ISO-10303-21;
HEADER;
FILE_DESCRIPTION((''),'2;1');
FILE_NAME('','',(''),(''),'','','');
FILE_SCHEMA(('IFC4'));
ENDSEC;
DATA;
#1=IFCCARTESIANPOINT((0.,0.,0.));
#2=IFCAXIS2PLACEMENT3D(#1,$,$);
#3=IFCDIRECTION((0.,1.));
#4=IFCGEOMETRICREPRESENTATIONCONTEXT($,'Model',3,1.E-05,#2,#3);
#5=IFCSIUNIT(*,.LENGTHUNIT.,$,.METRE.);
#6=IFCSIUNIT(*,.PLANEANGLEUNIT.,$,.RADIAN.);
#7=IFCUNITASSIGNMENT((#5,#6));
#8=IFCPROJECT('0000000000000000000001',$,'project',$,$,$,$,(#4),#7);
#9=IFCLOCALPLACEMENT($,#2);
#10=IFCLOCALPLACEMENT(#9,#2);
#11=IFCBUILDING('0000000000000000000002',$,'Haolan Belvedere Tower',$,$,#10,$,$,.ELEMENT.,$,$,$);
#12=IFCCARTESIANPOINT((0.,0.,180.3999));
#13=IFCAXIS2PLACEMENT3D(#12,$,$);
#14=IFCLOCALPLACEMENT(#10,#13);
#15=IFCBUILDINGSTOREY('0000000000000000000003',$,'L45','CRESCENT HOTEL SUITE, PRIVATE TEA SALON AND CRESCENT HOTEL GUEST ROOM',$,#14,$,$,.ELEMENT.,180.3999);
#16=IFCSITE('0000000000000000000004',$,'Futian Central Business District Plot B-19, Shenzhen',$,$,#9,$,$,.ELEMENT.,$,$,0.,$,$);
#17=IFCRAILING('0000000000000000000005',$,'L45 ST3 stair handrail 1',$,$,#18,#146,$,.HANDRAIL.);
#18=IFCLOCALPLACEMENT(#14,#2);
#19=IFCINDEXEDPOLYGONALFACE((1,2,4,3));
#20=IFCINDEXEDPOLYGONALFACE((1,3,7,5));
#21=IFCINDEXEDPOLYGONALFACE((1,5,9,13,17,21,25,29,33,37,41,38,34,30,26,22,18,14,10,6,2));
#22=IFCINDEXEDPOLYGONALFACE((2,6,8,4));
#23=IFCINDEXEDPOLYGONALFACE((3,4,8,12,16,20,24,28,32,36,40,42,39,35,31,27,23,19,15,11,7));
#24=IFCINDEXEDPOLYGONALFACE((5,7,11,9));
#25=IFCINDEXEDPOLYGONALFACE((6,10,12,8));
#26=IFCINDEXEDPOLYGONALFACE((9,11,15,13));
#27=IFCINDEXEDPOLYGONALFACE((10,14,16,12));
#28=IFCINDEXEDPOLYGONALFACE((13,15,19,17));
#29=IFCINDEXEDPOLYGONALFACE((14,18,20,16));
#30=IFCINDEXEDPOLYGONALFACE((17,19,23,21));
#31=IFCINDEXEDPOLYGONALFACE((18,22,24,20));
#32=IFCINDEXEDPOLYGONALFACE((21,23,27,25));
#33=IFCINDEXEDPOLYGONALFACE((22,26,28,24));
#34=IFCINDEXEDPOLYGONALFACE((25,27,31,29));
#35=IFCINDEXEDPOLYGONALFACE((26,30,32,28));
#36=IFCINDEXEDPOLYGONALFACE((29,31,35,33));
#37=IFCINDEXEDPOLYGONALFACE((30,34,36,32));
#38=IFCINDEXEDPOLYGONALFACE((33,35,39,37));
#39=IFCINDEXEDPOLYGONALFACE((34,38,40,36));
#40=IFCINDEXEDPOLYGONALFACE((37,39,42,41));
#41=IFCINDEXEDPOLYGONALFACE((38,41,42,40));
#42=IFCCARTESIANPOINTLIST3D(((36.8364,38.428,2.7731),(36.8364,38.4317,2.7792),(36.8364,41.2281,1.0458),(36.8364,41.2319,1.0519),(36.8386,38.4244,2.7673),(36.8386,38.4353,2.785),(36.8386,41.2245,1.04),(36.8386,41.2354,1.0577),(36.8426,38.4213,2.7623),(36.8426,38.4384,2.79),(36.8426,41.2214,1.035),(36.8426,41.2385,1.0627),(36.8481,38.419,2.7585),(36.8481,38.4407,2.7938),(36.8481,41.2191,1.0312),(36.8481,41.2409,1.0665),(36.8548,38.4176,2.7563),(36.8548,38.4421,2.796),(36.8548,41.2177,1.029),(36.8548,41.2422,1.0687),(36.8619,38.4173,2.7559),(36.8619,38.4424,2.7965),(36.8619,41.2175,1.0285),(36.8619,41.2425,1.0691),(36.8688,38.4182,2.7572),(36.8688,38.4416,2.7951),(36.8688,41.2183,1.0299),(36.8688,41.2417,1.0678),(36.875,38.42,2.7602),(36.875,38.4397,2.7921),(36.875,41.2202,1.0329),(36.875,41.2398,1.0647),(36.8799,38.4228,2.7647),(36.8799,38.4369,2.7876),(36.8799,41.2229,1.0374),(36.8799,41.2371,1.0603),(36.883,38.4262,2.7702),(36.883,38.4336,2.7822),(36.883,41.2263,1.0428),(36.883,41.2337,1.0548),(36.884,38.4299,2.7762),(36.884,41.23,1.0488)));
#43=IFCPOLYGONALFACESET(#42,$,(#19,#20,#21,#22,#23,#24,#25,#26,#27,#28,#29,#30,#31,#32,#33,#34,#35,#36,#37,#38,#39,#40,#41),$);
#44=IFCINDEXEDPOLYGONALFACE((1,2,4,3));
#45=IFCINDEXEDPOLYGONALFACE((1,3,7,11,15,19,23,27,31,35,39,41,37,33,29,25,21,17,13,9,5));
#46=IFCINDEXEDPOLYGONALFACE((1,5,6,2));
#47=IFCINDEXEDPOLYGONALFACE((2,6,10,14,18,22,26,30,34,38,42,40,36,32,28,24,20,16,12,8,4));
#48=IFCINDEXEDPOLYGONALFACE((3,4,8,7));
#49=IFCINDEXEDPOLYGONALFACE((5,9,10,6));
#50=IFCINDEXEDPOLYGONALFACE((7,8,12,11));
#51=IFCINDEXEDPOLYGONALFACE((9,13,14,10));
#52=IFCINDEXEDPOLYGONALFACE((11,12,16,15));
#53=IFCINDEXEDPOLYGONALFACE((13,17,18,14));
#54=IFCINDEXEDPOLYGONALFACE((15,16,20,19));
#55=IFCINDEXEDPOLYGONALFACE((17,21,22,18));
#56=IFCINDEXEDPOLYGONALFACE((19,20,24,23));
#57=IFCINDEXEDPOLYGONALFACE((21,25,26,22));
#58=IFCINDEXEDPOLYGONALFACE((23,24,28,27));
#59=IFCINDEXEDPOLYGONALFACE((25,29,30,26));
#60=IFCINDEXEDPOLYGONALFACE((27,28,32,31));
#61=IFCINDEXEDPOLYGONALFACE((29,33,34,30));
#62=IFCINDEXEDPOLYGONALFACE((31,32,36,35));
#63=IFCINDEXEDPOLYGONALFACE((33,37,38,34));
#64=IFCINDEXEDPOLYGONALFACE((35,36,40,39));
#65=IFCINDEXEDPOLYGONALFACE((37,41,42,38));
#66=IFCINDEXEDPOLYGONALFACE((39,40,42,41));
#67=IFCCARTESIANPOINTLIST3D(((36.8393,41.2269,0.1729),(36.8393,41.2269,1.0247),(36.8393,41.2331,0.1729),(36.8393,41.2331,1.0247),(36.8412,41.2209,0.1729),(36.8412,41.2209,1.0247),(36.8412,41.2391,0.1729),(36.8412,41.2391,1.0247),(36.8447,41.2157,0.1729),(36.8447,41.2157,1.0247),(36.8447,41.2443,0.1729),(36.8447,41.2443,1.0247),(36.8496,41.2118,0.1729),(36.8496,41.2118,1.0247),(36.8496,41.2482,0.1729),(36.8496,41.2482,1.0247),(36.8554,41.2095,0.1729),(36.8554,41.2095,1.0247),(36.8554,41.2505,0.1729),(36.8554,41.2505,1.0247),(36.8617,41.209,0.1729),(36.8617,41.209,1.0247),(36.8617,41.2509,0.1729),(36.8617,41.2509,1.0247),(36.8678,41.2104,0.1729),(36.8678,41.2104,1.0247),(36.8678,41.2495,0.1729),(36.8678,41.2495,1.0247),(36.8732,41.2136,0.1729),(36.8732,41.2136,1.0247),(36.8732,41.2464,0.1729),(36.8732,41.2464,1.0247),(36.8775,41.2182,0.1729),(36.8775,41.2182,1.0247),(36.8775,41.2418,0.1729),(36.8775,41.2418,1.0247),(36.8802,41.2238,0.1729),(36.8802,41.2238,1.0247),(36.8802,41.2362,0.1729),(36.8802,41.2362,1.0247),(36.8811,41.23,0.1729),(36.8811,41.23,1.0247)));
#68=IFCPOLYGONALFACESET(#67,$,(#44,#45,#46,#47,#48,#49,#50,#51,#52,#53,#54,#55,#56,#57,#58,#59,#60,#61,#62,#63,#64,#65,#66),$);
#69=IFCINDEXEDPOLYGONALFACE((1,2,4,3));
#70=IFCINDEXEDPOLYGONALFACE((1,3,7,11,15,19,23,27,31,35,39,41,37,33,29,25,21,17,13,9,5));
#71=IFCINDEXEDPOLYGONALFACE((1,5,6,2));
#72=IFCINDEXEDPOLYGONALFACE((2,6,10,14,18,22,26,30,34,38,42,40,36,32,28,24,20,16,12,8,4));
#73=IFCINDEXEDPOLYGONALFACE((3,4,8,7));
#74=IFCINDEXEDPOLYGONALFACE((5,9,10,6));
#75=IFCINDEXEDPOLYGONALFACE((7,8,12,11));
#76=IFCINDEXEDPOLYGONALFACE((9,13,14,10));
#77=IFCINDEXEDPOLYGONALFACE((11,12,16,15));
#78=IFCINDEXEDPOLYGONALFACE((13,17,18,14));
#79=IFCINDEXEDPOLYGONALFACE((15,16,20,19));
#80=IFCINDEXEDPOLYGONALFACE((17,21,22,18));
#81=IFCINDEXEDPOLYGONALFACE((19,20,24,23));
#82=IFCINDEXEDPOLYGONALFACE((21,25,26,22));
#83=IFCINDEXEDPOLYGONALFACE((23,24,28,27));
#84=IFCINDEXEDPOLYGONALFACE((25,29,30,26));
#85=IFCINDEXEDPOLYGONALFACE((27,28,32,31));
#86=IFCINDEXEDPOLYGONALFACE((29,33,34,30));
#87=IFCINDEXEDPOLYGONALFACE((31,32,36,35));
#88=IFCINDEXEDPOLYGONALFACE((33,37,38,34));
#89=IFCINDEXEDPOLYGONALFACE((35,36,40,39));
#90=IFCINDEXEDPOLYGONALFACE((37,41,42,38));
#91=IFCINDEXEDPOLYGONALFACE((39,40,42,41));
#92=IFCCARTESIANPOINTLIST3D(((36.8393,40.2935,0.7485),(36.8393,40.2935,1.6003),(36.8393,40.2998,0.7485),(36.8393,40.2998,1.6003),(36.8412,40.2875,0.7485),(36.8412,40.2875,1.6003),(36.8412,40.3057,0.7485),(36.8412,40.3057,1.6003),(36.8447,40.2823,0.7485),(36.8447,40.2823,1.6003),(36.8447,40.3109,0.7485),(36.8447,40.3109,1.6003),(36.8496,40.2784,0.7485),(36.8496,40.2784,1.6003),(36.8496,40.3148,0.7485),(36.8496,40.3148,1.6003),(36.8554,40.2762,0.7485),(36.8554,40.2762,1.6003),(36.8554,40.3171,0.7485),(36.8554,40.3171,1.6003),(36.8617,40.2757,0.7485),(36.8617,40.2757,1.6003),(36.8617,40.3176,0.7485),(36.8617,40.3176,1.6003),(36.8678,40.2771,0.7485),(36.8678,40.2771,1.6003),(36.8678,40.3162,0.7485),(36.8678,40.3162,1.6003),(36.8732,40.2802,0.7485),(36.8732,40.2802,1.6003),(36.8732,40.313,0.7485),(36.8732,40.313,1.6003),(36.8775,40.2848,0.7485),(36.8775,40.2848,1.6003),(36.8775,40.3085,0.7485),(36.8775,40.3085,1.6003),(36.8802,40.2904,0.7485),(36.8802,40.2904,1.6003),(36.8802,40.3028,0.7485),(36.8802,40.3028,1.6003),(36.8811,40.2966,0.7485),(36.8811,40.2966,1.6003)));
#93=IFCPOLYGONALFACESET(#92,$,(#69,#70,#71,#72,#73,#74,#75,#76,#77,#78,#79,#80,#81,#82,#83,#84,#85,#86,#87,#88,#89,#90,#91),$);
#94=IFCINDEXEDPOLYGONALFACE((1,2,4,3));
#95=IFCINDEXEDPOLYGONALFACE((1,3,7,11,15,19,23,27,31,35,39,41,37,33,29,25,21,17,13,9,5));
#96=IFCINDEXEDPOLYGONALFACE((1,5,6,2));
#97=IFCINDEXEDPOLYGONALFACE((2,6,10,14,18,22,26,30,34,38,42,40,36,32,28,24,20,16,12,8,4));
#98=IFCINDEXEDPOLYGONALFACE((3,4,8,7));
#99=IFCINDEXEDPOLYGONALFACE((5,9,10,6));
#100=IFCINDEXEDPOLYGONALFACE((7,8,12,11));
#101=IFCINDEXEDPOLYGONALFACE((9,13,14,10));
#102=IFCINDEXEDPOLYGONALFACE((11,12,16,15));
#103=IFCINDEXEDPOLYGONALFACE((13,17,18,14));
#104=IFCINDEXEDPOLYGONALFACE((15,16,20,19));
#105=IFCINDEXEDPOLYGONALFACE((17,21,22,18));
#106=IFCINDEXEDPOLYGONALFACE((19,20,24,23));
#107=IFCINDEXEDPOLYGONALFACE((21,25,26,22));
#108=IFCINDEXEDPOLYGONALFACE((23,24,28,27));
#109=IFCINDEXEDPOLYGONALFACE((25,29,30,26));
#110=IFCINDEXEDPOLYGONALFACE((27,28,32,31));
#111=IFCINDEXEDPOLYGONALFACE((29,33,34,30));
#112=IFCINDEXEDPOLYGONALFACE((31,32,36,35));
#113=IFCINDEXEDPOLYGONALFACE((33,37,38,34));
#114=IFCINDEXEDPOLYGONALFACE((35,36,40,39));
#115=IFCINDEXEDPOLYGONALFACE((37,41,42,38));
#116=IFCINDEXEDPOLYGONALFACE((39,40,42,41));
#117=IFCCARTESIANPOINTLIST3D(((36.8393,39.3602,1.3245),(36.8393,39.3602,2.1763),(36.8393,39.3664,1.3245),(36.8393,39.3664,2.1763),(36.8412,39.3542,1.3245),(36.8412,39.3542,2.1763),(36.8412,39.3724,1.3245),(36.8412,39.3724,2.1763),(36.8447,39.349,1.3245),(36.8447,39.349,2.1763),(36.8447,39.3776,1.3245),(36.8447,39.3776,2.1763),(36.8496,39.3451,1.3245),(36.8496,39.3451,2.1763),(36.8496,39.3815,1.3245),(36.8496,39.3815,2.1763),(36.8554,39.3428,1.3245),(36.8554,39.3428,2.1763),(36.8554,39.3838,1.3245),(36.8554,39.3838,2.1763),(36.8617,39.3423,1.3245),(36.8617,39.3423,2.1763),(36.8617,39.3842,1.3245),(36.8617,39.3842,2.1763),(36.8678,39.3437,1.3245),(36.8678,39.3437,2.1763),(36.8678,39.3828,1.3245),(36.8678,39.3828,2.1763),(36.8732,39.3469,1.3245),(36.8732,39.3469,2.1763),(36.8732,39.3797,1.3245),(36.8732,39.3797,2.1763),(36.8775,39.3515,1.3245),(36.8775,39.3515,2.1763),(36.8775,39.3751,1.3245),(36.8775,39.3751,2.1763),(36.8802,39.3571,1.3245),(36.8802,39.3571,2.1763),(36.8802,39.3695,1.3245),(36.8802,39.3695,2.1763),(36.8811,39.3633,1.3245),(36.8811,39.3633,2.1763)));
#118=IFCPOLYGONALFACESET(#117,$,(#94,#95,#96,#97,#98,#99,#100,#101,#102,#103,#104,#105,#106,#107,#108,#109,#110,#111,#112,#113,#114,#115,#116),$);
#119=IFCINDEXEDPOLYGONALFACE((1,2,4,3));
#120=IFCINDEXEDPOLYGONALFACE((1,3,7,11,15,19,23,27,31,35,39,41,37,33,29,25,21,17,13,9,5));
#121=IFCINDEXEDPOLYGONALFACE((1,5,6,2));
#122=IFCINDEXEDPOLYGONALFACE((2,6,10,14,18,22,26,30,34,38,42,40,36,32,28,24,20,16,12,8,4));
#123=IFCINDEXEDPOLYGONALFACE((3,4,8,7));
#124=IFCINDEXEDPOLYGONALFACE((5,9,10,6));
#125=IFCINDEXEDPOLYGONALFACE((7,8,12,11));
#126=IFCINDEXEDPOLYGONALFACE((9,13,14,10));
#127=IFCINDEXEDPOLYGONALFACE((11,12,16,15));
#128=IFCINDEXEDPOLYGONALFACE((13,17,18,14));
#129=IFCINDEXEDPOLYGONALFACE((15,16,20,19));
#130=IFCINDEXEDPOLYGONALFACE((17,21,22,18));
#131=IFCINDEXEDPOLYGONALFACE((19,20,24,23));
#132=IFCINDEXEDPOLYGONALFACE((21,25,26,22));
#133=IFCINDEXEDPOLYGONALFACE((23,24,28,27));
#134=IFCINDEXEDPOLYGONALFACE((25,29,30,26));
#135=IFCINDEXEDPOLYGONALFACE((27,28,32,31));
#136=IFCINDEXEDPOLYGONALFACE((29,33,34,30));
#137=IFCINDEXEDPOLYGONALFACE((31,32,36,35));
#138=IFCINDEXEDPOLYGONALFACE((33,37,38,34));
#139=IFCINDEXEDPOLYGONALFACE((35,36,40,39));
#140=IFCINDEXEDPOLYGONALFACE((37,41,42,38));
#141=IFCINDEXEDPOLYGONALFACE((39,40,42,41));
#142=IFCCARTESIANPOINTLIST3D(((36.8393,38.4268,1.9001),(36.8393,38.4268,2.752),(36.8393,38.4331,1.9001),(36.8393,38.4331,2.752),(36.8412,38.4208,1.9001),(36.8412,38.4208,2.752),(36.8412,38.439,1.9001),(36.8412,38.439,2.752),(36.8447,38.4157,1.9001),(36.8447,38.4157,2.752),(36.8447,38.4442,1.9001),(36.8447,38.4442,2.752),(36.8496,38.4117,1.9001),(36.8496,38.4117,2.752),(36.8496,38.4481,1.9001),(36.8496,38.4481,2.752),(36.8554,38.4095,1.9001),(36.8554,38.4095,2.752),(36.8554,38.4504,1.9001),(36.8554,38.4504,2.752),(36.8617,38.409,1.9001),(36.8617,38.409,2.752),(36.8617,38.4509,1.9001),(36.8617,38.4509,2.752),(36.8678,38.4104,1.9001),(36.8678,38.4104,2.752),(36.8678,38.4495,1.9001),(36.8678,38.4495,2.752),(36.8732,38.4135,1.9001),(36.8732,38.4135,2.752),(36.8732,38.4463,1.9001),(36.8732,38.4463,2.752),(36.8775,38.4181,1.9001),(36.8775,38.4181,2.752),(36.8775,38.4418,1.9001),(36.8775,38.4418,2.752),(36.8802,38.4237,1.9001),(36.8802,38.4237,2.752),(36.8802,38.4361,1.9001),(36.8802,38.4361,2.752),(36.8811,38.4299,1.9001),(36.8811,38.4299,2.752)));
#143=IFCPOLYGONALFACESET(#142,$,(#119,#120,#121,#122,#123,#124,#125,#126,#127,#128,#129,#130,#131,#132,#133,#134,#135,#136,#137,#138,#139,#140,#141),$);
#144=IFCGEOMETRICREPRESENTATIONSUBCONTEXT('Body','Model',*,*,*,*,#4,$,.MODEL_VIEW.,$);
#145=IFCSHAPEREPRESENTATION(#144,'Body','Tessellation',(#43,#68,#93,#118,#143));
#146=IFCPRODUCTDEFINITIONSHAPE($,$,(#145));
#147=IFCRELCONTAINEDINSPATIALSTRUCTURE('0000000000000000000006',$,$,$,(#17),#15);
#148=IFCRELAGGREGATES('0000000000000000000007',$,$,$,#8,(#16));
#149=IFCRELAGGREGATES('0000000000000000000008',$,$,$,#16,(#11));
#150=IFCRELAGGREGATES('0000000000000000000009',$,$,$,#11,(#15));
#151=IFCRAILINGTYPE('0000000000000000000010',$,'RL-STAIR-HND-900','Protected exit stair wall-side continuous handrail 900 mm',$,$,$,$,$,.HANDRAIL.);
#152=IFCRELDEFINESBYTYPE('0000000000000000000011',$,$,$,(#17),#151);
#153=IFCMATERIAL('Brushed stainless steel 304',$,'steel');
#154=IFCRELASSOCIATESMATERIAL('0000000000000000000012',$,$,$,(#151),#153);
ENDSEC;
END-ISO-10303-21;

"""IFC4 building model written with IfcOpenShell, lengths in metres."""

from ifc_helpers import new_model, si_unit, direction, frame, origin, origin_2d, place, context, subcontext, project, spatial, circle, extrude, material, type_object, element, save


model = new_model("IFC4")

# Units and contexts
model_context = context("Model", 3, precision=1e-05, world=origin(), true_north=direction((0.0, 1.0)))
body_context = subcontext(model_context, "Body", "Model", "MODEL_VIEW")
ifc_project = project(units=[si_unit("LENGTHUNIT", "METRE"), si_unit("PLANEANGLEUNIT", "RADIAN")], contexts=[model_context])

# Site, building, storey
site_placement = place(None, origin())
site = spatial("IfcSite", under=ifc_project, at=site_placement, Name="Futian Central Business District Plot B-19, Shenzhen", CompositionType="ELEMENT", RefElevation=0.0)
building_placement = place(site_placement, origin())
building = spatial("IfcBuilding", under=site, at=building_placement, Name="Haolan Belvedere Tower", CompositionType="ELEMENT")
storey_placement = place(building_placement, frame((0.0, 0.0, 180.3999)))
storey = spatial("IfcBuildingStorey", under=building, at=storey_placement, Name="L45", Description="CRESCENT HOTEL SUITE, PRIVATE TEA SALON AND CRESCENT HOTEL GUEST ROOM", CompositionType="ELEMENT", Elevation=180.3999)

# Railing
ifc_material_1 = material(Name="Brushed stainless steel 304", Category="steel")
railing_type_1 = type_object("IfcRailingType", Name="RL-STAIR-HND-900", Description="Protected exit stair wall-side continuous handrail 900 mm", PredefinedType="HANDRAIL", material=ifc_material_1)
railing_1_placement = place(storey_placement, frame((36.8601, 41.23, 0.1729)))
element("IfcRailing", 1, at=railing_1_placement, inside=storey, type_object=railing_type_1, Name="L45 ST3 stair handrail 1", PredefinedType="HANDRAIL", context=body_context, shape_type="SweptSolid", body=[
    extrude(circle(Radius=0.0239, at=origin_2d()), frame((0.0, 0.0, 0.876), z_axis=(0.0, -0.85109, 0.52502), x_axis=(1.0, 0.0, 0.0)), (0.0, 0.0, 1.0), 3.29),
    extrude(circle(Radius=0.021, at=origin_2d()), origin(), (0.0, 0.0, 1.0), 0.8518),
    extrude(circle(Radius=0.021, at=origin_2d()), frame((0.0, -0.9333, 0.5757)), (0.0, 0.0, 1.0), 0.8518),
    extrude(circle(Radius=0.021, at=origin_2d()), frame((0.0, -1.8667, 1.1516)), (0.0, 0.0, 1.0), 0.8518),
    extrude(circle(Radius=0.021, at=origin_2d()), frame((0.0, -2.8, 1.7273)), (0.0, 0.0, 1.0), 0.8518),
])

save(model, "model.ifc")
